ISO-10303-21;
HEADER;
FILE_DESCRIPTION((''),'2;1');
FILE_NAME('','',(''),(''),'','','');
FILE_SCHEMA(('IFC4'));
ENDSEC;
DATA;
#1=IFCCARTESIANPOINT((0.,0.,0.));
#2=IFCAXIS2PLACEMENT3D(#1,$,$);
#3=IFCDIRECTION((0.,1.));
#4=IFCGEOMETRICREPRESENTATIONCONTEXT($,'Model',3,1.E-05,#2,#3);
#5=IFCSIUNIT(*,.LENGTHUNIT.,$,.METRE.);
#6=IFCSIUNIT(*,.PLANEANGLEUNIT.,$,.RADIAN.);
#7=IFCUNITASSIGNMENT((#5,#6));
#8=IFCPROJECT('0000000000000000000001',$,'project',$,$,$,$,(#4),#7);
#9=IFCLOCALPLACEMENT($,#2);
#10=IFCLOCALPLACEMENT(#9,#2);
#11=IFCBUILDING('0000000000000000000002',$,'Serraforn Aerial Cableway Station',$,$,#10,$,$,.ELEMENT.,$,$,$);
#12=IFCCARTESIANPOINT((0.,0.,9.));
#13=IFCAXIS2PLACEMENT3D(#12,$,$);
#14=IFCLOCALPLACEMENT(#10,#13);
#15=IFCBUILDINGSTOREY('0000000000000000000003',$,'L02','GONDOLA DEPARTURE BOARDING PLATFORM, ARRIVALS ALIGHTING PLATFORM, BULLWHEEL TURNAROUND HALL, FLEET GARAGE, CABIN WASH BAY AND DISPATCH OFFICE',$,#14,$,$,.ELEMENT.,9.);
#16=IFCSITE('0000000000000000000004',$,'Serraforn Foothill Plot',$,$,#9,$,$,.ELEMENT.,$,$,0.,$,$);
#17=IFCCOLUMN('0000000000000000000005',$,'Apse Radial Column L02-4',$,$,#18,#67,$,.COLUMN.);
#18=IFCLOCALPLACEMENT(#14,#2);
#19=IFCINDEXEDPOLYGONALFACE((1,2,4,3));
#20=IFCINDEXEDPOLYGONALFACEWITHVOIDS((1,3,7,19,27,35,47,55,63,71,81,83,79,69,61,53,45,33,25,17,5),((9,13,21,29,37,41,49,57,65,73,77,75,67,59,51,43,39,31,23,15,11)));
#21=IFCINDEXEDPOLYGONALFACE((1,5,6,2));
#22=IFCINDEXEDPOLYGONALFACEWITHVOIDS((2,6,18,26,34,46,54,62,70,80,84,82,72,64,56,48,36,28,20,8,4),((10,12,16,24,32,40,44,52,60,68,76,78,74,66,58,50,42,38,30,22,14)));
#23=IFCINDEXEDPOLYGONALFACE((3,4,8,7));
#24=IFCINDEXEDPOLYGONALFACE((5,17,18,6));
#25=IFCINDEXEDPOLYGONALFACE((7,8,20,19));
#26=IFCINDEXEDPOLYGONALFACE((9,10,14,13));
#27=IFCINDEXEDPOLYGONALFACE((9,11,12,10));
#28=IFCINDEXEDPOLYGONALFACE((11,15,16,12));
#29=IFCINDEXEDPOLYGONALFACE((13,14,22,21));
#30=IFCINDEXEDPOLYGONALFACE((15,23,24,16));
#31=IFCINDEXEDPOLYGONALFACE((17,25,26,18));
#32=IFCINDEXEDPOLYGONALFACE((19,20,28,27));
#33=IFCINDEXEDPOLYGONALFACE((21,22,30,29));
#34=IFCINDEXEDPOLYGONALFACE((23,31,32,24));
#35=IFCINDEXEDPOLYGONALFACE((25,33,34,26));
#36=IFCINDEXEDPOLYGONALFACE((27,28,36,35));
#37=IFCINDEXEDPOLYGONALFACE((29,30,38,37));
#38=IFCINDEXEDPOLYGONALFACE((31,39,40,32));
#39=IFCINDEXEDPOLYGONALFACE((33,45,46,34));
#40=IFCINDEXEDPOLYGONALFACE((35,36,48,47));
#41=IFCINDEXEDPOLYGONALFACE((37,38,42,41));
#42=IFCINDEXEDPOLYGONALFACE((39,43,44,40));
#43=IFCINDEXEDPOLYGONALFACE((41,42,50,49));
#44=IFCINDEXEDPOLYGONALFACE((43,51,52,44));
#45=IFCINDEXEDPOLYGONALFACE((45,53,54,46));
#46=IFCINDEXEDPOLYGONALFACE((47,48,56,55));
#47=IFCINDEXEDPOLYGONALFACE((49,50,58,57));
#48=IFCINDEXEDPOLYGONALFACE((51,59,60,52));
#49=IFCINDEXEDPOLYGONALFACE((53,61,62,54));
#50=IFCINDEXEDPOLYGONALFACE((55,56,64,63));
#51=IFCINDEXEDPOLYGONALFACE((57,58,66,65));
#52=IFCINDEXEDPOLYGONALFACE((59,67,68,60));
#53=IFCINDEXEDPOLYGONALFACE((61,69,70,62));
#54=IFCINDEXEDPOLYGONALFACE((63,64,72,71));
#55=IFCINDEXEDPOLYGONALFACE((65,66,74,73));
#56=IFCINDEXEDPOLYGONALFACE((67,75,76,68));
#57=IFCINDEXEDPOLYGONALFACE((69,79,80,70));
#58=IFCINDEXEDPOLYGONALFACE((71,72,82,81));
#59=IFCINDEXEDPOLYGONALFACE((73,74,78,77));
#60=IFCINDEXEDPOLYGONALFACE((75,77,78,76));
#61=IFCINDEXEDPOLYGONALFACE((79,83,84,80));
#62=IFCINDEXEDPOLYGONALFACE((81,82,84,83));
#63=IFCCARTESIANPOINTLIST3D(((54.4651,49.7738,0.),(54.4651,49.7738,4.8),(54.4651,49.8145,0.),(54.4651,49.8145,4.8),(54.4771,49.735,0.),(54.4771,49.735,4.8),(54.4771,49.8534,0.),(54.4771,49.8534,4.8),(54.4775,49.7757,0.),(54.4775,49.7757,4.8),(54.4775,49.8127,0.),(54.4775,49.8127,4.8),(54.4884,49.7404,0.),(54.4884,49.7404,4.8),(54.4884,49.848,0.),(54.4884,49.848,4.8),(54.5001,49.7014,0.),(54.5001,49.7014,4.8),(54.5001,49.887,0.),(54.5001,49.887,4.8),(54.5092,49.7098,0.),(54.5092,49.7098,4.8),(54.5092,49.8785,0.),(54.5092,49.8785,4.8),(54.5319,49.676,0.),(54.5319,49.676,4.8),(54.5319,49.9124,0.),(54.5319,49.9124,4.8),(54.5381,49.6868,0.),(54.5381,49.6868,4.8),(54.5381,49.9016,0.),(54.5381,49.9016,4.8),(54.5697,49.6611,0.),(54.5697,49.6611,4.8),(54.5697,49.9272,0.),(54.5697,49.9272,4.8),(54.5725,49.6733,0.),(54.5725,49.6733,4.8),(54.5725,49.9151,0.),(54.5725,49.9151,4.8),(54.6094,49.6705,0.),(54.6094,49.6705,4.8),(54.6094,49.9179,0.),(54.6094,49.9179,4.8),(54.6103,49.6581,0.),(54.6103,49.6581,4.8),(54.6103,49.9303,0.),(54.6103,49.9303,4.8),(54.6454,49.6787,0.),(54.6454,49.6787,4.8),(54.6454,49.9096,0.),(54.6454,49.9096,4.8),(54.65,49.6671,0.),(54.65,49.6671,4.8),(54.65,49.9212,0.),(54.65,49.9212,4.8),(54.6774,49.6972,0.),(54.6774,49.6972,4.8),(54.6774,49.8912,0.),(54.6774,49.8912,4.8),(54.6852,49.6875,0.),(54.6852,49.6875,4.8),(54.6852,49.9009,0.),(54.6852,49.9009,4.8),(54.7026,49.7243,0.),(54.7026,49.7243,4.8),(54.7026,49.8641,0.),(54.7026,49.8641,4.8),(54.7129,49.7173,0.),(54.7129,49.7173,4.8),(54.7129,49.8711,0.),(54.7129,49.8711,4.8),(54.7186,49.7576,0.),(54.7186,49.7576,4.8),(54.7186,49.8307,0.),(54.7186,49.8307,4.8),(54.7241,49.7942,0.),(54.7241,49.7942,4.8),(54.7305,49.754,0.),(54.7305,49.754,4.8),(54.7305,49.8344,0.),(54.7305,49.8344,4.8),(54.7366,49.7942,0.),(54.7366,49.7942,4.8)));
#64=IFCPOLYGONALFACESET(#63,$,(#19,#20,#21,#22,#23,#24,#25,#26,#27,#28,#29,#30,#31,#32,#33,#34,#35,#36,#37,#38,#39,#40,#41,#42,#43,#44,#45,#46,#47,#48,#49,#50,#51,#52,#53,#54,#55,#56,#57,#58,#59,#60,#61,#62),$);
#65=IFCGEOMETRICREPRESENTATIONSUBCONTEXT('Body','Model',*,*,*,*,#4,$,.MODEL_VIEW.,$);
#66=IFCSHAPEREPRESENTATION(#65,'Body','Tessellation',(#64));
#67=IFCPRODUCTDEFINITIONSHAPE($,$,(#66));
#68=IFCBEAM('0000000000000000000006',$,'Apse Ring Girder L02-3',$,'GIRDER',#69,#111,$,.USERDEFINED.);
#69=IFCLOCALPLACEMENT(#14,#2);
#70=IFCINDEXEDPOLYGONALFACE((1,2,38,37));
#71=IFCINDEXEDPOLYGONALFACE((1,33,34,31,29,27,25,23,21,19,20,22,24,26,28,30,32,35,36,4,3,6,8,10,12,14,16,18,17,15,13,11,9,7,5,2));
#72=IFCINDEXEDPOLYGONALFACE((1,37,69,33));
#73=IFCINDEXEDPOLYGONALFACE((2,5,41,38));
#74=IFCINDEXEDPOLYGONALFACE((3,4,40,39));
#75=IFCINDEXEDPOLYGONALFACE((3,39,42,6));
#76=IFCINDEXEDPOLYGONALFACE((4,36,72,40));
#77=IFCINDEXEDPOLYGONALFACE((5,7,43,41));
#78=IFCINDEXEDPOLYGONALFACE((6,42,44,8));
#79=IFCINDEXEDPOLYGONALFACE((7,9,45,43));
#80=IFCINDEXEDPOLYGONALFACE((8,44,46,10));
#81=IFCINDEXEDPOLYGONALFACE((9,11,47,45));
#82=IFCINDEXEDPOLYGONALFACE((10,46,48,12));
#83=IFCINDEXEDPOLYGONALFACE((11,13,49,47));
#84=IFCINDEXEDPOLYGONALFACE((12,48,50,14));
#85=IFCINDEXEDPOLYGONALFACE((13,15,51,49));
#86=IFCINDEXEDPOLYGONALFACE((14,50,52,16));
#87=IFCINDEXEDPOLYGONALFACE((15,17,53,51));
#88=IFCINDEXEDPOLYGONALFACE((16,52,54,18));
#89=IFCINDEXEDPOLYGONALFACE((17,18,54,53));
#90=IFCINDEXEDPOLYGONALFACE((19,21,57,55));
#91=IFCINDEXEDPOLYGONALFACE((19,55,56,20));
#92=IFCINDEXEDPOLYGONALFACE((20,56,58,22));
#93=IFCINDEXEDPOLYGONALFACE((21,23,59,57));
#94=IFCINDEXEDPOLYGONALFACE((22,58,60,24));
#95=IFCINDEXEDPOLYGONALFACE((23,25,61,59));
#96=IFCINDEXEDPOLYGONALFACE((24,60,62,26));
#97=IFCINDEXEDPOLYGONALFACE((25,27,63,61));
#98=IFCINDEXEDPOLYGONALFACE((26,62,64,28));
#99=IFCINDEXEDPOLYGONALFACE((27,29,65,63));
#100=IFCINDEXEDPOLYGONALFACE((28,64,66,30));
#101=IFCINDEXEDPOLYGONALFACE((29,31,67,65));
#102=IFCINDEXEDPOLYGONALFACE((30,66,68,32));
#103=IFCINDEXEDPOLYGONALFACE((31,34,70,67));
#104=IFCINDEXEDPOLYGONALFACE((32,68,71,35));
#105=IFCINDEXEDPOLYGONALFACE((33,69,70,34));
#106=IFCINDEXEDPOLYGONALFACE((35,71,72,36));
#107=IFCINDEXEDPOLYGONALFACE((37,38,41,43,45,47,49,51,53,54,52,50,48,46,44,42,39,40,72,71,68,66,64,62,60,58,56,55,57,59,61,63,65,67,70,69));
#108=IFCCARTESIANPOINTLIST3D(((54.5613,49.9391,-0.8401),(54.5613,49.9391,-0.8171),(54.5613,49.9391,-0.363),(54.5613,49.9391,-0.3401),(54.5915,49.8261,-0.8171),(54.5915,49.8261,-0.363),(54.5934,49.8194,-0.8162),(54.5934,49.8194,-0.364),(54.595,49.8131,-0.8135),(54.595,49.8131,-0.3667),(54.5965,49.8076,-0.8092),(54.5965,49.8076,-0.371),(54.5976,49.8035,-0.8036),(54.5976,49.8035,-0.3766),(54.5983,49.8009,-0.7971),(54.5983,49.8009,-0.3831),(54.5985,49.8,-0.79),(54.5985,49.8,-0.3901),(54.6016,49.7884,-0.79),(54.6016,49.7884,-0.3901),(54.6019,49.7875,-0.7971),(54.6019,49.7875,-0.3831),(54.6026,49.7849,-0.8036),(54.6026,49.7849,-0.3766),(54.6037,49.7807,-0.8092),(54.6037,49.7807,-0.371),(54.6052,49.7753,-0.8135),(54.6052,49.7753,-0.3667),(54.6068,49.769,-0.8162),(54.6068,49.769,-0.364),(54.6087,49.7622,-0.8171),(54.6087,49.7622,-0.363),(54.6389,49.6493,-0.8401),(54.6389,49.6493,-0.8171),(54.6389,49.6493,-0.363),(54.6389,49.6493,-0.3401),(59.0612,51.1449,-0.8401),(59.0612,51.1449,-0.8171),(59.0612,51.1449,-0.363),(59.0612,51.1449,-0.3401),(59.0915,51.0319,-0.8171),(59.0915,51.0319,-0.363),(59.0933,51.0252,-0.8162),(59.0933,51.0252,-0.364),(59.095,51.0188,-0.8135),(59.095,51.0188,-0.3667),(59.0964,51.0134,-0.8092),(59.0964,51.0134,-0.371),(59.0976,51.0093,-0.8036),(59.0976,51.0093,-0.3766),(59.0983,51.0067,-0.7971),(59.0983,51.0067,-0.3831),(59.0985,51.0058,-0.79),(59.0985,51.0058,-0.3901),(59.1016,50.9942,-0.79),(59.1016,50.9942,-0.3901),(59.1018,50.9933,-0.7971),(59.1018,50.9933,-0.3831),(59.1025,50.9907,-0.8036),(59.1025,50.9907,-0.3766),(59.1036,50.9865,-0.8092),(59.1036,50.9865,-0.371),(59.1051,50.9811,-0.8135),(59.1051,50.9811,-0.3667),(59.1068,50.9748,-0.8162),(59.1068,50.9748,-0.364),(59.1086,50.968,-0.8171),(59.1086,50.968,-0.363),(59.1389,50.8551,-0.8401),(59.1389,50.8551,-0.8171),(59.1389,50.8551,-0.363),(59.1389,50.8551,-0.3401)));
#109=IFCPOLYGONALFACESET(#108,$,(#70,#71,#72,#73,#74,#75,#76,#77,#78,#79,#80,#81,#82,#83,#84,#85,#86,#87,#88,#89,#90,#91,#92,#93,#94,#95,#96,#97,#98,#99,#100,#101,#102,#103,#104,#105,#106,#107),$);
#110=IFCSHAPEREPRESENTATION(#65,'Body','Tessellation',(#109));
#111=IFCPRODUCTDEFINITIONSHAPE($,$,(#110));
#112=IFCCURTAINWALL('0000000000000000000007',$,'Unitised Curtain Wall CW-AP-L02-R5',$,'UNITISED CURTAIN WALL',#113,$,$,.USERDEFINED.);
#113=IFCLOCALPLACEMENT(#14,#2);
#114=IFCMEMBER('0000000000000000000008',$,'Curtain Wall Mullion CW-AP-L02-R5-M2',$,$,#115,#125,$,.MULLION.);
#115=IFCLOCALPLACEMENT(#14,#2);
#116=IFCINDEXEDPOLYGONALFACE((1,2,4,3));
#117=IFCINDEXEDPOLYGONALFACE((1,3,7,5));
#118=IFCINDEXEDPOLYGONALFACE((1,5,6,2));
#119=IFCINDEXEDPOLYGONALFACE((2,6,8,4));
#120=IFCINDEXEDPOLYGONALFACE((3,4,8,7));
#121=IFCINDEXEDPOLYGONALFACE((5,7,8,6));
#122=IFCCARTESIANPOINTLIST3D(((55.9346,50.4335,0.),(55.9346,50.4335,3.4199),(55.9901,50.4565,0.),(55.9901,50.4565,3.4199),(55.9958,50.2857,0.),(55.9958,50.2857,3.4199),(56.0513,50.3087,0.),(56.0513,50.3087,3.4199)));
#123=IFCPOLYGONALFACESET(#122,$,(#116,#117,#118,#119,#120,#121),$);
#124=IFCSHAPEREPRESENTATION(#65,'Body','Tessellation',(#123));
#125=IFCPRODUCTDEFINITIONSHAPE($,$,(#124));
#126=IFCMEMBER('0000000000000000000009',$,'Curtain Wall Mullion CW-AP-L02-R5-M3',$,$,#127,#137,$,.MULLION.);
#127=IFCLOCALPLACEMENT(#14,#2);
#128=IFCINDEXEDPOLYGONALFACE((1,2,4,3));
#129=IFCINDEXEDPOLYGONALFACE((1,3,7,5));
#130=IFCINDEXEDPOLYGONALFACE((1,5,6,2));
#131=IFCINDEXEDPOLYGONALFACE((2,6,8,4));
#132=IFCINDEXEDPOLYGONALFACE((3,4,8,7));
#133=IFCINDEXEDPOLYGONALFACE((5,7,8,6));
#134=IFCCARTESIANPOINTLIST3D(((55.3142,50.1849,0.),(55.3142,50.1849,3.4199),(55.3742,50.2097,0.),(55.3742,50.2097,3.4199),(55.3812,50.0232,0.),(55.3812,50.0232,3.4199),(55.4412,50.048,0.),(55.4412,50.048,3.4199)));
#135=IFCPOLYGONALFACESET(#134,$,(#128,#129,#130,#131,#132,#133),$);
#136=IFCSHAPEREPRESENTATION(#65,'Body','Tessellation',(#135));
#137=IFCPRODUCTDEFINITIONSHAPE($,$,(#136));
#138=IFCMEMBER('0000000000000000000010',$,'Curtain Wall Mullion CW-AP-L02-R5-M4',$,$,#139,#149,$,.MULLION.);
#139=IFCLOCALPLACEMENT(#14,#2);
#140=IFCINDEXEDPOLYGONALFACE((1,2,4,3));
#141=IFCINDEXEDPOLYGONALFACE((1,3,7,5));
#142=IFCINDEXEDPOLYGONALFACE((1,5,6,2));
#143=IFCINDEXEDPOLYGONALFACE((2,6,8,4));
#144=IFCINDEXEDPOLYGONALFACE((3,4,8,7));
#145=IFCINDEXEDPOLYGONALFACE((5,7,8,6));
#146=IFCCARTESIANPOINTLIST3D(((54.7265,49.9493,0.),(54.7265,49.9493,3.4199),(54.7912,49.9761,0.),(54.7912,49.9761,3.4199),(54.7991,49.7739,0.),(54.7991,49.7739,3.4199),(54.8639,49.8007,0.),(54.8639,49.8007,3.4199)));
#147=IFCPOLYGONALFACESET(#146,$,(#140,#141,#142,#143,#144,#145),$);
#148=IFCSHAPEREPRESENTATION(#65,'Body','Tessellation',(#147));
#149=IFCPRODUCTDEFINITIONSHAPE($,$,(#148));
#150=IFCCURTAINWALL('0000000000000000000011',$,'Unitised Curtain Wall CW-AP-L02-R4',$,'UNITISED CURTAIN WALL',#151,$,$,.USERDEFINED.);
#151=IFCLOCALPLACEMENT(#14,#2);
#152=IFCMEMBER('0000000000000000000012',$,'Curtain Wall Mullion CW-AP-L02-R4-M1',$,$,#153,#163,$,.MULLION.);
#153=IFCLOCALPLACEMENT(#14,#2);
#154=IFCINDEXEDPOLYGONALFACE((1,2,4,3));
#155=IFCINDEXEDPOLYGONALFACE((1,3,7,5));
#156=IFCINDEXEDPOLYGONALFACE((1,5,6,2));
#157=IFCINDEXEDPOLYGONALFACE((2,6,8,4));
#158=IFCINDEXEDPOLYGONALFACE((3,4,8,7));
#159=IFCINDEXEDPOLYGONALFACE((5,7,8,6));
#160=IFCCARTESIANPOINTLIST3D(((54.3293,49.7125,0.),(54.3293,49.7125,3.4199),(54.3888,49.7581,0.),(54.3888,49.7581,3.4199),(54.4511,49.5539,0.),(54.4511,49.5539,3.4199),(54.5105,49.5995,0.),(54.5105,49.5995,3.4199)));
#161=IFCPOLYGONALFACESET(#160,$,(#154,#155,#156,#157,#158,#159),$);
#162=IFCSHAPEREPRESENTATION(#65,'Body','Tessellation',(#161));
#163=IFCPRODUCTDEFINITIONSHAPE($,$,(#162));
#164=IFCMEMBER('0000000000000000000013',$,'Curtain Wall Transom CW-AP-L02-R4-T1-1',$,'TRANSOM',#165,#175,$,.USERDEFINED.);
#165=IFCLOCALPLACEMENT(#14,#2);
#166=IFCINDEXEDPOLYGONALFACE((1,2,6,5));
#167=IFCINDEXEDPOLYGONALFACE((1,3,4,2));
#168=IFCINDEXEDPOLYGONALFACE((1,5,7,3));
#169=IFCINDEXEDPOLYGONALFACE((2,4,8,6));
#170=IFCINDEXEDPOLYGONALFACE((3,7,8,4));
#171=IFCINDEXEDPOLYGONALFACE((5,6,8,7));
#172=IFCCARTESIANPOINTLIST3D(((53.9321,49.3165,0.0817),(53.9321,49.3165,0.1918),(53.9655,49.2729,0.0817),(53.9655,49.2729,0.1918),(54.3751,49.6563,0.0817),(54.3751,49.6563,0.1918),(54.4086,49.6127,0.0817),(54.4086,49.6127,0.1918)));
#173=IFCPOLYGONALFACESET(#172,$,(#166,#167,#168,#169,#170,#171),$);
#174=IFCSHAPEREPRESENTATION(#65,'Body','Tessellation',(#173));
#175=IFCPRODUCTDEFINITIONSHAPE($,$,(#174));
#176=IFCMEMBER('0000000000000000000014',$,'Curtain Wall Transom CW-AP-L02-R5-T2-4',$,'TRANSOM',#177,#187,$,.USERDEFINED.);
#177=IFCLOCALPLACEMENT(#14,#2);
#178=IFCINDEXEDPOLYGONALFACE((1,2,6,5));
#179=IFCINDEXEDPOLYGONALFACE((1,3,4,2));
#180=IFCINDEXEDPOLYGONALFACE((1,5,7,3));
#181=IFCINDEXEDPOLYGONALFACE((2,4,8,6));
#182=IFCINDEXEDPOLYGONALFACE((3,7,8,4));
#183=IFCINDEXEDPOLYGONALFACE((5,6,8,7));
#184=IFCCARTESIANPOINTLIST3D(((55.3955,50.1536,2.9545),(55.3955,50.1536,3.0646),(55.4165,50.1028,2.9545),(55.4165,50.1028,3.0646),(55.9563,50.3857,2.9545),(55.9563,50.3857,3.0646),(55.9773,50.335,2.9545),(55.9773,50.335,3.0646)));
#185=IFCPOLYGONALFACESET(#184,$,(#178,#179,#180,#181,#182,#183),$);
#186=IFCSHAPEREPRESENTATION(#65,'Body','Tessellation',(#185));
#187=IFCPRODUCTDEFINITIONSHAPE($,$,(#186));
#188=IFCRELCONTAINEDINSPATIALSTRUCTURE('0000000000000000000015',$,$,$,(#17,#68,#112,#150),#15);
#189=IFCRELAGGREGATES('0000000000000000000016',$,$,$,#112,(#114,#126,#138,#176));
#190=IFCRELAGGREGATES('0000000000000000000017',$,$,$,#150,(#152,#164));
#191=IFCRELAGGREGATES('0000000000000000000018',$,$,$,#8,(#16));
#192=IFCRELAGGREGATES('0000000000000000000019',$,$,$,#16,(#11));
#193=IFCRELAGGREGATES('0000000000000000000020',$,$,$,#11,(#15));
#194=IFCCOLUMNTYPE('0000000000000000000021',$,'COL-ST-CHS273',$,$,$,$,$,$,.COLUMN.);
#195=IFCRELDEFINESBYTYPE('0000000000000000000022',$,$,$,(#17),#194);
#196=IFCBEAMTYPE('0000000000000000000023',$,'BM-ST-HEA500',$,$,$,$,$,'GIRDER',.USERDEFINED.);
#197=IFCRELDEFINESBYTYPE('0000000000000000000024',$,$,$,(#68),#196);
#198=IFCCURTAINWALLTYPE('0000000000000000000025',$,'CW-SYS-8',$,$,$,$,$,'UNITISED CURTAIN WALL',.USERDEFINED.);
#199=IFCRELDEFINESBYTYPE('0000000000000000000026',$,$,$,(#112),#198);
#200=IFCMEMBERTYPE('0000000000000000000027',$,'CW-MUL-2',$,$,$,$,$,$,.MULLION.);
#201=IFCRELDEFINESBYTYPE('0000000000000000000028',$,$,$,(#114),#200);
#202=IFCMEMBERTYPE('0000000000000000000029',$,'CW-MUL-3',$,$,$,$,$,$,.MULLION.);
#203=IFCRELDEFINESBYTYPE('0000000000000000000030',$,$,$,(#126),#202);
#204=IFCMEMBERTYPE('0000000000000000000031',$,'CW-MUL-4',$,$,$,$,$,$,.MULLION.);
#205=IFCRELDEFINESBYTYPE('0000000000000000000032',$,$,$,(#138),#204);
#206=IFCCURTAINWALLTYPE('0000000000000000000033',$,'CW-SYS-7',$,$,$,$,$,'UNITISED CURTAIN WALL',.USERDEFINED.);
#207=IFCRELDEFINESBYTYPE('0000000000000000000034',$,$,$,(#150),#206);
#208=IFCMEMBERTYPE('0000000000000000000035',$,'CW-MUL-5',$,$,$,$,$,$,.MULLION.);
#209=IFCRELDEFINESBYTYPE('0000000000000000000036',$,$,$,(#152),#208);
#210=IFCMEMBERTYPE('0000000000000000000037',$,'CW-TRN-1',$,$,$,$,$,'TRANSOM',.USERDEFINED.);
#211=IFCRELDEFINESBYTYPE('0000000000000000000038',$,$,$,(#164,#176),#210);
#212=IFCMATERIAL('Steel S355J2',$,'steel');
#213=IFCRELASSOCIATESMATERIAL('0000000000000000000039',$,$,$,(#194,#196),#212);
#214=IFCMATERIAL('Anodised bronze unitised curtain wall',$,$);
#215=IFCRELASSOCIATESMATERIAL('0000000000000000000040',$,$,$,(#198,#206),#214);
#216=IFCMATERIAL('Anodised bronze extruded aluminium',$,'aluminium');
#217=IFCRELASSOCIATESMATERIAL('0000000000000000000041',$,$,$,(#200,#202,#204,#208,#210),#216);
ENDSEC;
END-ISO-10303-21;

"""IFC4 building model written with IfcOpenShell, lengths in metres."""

from ifc_helpers import new_model, si_unit, direction, frame, origin, origin_2d, place, context, subcontext, project, spatial, rectangle, hollow_circle, i_section, extrude, material, material_profile, profile_set, type_object, element, aggregate, save


model = new_model("IFC4")

# Units and contexts
model_context = context("Model", 3, precision=1e-05, world=origin(), true_north=direction((0.0, 1.0)))
body_context = subcontext(model_context, "Body", "Model", "MODEL_VIEW")
ifc_project = project(units=[si_unit("LENGTHUNIT", "METRE"), si_unit("PLANEANGLEUNIT", "RADIAN")], contexts=[model_context])

# Site, building, storey
site_placement = place(None, origin())
site = spatial("IfcSite", under=ifc_project, at=site_placement, Name="Serraforn Foothill Plot", CompositionType="ELEMENT", RefElevation=0.0)
building_placement = place(site_placement, origin())
building = spatial("IfcBuilding", under=site, at=building_placement, Name="Serraforn Aerial Cableway Station", CompositionType="ELEMENT")
storey_placement = place(building_placement, frame((0.0, 0.0, 9.0)))
storey = spatial("IfcBuildingStorey", under=building, at=storey_placement, Name="L02", Description="GONDOLA DEPARTURE BOARDING PLATFORM, ARRIVALS ALIGHTING PLATFORM, BULLWHEEL TURNAROUND HALL, FLEET GARAGE, CABIN WASH BAY AND DISPATCH OFFICE", CompositionType="ELEMENT", Elevation=9.0)

# Column
ifc_material_1 = material(Name="Steel S355J2", Category="steel")
ifc_material_profile_1 = material_profile(ifc_material_1, hollow_circle(Radius=0.1365, WallThickness=0.0125, at=origin_2d()), Name="CHS 273.0x12.5")
ifc_profile_set_1 = profile_set([ifc_material_profile_1], Name="Steel S355J2")
column_type = type_object("IfcColumnType", Name="COL-ST-CHS273", PredefinedType="COLUMN", material=ifc_profile_set_1)
column_placement = place(storey_placement, frame((54.6001, 49.7942, 0.0), z_axis=(0.0, 0.0, 1.0), x_axis=(1.0, 0.0, 0.0)))
element("IfcColumn", 1, at=column_placement, inside=storey, type_object=column_type, Name="Apse Radial Column L02-4", PredefinedType="COLUMN", context=body_context, shape_type="SweptSolid", body=[
    extrude(hollow_circle(Radius=0.1365, WallThickness=0.0125, at=origin_2d()), origin(), (0.0, 0.0, 1.0), 4.8),
])

# Beam
ifc_material_profile_2 = material_profile(ifc_material_1, i_section(OverallWidth=0.3, OverallDepth=0.5, WebThickness=0.012, FlangeThickness=0.0229, FilletRadius=0.0271, at=origin_2d()), Name="HEA 500")
ifc_profile_set_2 = profile_set([ifc_material_profile_2], Name="Steel S355J2")
beam_type = type_object("IfcBeamType", Name="BM-ST-HEA500", ElementType="GIRDER", PredefinedType="USERDEFINED", material=ifc_profile_set_2)
beam_placement = place(storey_placement, frame((54.6001, 49.7942, -0.5901), z_axis=(0.965924, 0.258827, 0.0), x_axis=(-0.258827, 0.965924, 0.0)))
element("IfcBeam", 2, at=beam_placement, inside=storey, type_object=beam_type, Name="Apse Ring Girder L02-3", ObjectType="GIRDER", PredefinedType="USERDEFINED", context=body_context, shape_type="SweptSolid", body=[
    extrude(i_section(OverallWidth=0.3, OverallDepth=0.5, WebThickness=0.012, FlangeThickness=0.0229, FilletRadius=0.0271, at=origin_2d()), origin(), (0.0, 0.0, 1.0), 4.6587),
])

# Curtain walls, members
ifc_material_2 = material(Name="Anodised bronze unitised curtain wall")
curtain_wall_type_1 = type_object("IfcCurtainWallType", Name="CW-SYS-8", ElementType="UNITISED CURTAIN WALL", PredefinedType="USERDEFINED", material=ifc_material_2)
curtain_wall_1_placement = place(storey_placement, origin())
curtain_wall_1 = element("IfcCurtainWall", 3, at=curtain_wall_1_placement, inside=storey, type_object=curtain_wall_type_1, Name="Unitised Curtain Wall CW-AP-L02-R5", ObjectType="UNITISED CURTAIN WALL", PredefinedType="USERDEFINED")
ifc_material_3 = material(Name="Anodised bronze extruded aluminium", Category="aluminium")
ifc_material_profile_3 = material_profile(ifc_material_3, rectangle(XDim=0.0601, YDim=0.1599, at=origin_2d()), Name="CW MULLION 60x160")
ifc_profile_set_3 = profile_set([ifc_material_profile_3], Name="Anodised bronze extruded aluminium")
member_type_1 = type_object("IfcMemberType", Name="CW-MUL-2", PredefinedType="MULLION", material=ifc_profile_set_3)
member_1_placement = place(storey_placement, frame((55.9929, 50.3711, 0.0), z_axis=(0.0, 0.0, 1.0), x_axis=(-0.923887, -0.382666, 0.0)))
member_1 = element("IfcMember", 4, at=member_1_placement, type_object=member_type_1, Name="Curtain Wall Mullion CW-AP-L02-R5-M2", PredefinedType="MULLION", context=body_context, shape_type="SweptSolid", body=[
    extrude(rectangle(XDim=0.0601, YDim=0.1599, at=origin_2d()), origin(), (0.0, 0.0, 1.0), 3.4199),
])
ifc_material_profile_4 = material_profile(ifc_material_3, rectangle(XDim=0.0649, YDim=0.175, at=origin_2d()), Name="CW MULLION 65x175")
ifc_profile_set_4 = profile_set([ifc_material_profile_4], Name="Anodised bronze extruded aluminium")
member_type_2 = type_object("IfcMemberType", Name="CW-MUL-3", PredefinedType="MULLION", material=ifc_profile_set_4)
member_2_placement = place(storey_placement, frame((55.3777, 50.1165, 0.0), z_axis=(0.0, 0.0, 1.0), x_axis=(-0.923887, -0.382666, 0.0)))
member_2 = element("IfcMember", 5, at=member_2_placement, type_object=member_type_2, Name="Curtain Wall Mullion CW-AP-L02-R5-M3", PredefinedType="MULLION", context=body_context, shape_type="SweptSolid", body=[
    extrude(rectangle(XDim=0.0649, YDim=0.175, at=origin_2d()), origin(), (0.0, 0.0, 1.0), 3.4199),
])
ifc_material_profile_5 = material_profile(ifc_material_3, rectangle(XDim=0.0701, YDim=0.1899, at=origin_2d()), Name="CW MULLION 70x190")
ifc_profile_set_5 = profile_set([ifc_material_profile_5], Name="Anodised bronze extruded aluminium")
member_type_3 = type_object("IfcMemberType", Name="CW-MUL-4", PredefinedType="MULLION", material=ifc_profile_set_5)
member_3_placement = place(storey_placement, frame((54.7952, 49.875, 0.0), z_axis=(0.0, 0.0, 1.0), x_axis=(-0.923887, -0.382666, 0.0)))
member_3 = element("IfcMember", 6, at=member_3_placement, type_object=member_type_3, Name="Curtain Wall Mullion CW-AP-L02-R5-M4", PredefinedType="MULLION", context=body_context, shape_type="SweptSolid", body=[
    extrude(rectangle(XDim=0.0701, YDim=0.1899, at=origin_2d()), origin(), (0.0, 0.0, 1.0), 3.4199),
])
curtain_wall_type_2 = type_object("IfcCurtainWallType", Name="CW-SYS-7", ElementType="UNITISED CURTAIN WALL", PredefinedType="USERDEFINED", material=ifc_material_2)
curtain_wall_2_placement = place(storey_placement, origin())
curtain_wall_2 = element("IfcCurtainWall", 7, at=curtain_wall_2_placement, inside=storey, type_object=curtain_wall_type_2, Name="Unitised Curtain Wall CW-AP-L02-R4", ObjectType="UNITISED CURTAIN WALL", PredefinedType="USERDEFINED")
ifc_material_profile_6 = material_profile(ifc_material_3, rectangle(XDim=0.075, YDim=0.2, at=origin_2d()), Name="CW MULLION 75x200")
ifc_profile_set_6 = profile_set([ifc_material_profile_6], Name="Anodised bronze extruded aluminium")
member_type_4 = type_object("IfcMemberType", Name="CW-MUL-5", PredefinedType="MULLION", material=ifc_profile_set_6)
member_4_placement = place(storey_placement, frame((54.4199, 49.656, 0.0), z_axis=(0.0, 0.0, 1.0), x_axis=(-0.793363, -0.608749, 0.0)))
member_4 = element("IfcMember", 8, at=member_4_placement, type_object=member_type_4, Name="Curtain Wall Mullion CW-AP-L02-R4-M1", PredefinedType="MULLION", context=body_context, shape_type="SweptSolid", body=[
    extrude(rectangle(XDim=0.075, YDim=0.2, at=origin_2d()), origin(), (0.0, 0.0, 1.0), 3.4199),
])
ifc_material_profile_7 = material_profile(ifc_material_3, rectangle(XDim=0.0549, YDim=0.1101, at=origin_2d()), Name="CW TRANSOM 55x110")
ifc_profile_set_7 = profile_set([ifc_material_profile_7], Name="Anodised bronze extruded aluminium")
member_type_5 = type_object("IfcMemberType", Name="CW-TRN-1", ElementType="TRANSOM", PredefinedType="USERDEFINED", material=ifc_profile_set_7)
member_5_placement = place(storey_placement, frame((54.3918, 49.6345, 0.1367), z_axis=(-0.793501, -0.608569, 0.0), x_axis=(0.608569, -0.793501, 0.0)))
member_5 = element("IfcMember", 9, at=member_5_placement, type_object=member_type_5, Name="Curtain Wall Transom CW-AP-L02-R4-T1-1", ObjectType="TRANSOM", PredefinedType="USERDEFINED", context=body_context, shape_type="SweptSolid", body=[
    extrude(rectangle(XDim=0.0549, YDim=0.1101, at=origin_2d()), origin(), (0.0, 0.0, 1.0), 0.5583),
])

# Member
member_6_placement = place(storey_placement, frame((55.9668, 50.3604, 3.0095), z_axis=(-0.923943, -0.382529, 0.0), x_axis=(0.382529, -0.923943, 0.0)))
member_6 = element("IfcMember", 10, at=member_6_placement, type_object=member_type_5, Name="Curtain Wall Transom CW-AP-L02-R5-T2-4", ObjectType="TRANSOM", PredefinedType="USERDEFINED", context=body_context, shape_type="SweptSolid", body=[
    extrude(rectangle(XDim=0.0549, YDim=0.1101, at=origin_2d()), origin(), (0.0, 0.0, 1.0), 0.6069),
])

aggregate(curtain_wall_1, [member_1, member_2, member_3, member_6])
aggregate(curtain_wall_2, [member_4, member_5])

save(model, "model.ifc")
